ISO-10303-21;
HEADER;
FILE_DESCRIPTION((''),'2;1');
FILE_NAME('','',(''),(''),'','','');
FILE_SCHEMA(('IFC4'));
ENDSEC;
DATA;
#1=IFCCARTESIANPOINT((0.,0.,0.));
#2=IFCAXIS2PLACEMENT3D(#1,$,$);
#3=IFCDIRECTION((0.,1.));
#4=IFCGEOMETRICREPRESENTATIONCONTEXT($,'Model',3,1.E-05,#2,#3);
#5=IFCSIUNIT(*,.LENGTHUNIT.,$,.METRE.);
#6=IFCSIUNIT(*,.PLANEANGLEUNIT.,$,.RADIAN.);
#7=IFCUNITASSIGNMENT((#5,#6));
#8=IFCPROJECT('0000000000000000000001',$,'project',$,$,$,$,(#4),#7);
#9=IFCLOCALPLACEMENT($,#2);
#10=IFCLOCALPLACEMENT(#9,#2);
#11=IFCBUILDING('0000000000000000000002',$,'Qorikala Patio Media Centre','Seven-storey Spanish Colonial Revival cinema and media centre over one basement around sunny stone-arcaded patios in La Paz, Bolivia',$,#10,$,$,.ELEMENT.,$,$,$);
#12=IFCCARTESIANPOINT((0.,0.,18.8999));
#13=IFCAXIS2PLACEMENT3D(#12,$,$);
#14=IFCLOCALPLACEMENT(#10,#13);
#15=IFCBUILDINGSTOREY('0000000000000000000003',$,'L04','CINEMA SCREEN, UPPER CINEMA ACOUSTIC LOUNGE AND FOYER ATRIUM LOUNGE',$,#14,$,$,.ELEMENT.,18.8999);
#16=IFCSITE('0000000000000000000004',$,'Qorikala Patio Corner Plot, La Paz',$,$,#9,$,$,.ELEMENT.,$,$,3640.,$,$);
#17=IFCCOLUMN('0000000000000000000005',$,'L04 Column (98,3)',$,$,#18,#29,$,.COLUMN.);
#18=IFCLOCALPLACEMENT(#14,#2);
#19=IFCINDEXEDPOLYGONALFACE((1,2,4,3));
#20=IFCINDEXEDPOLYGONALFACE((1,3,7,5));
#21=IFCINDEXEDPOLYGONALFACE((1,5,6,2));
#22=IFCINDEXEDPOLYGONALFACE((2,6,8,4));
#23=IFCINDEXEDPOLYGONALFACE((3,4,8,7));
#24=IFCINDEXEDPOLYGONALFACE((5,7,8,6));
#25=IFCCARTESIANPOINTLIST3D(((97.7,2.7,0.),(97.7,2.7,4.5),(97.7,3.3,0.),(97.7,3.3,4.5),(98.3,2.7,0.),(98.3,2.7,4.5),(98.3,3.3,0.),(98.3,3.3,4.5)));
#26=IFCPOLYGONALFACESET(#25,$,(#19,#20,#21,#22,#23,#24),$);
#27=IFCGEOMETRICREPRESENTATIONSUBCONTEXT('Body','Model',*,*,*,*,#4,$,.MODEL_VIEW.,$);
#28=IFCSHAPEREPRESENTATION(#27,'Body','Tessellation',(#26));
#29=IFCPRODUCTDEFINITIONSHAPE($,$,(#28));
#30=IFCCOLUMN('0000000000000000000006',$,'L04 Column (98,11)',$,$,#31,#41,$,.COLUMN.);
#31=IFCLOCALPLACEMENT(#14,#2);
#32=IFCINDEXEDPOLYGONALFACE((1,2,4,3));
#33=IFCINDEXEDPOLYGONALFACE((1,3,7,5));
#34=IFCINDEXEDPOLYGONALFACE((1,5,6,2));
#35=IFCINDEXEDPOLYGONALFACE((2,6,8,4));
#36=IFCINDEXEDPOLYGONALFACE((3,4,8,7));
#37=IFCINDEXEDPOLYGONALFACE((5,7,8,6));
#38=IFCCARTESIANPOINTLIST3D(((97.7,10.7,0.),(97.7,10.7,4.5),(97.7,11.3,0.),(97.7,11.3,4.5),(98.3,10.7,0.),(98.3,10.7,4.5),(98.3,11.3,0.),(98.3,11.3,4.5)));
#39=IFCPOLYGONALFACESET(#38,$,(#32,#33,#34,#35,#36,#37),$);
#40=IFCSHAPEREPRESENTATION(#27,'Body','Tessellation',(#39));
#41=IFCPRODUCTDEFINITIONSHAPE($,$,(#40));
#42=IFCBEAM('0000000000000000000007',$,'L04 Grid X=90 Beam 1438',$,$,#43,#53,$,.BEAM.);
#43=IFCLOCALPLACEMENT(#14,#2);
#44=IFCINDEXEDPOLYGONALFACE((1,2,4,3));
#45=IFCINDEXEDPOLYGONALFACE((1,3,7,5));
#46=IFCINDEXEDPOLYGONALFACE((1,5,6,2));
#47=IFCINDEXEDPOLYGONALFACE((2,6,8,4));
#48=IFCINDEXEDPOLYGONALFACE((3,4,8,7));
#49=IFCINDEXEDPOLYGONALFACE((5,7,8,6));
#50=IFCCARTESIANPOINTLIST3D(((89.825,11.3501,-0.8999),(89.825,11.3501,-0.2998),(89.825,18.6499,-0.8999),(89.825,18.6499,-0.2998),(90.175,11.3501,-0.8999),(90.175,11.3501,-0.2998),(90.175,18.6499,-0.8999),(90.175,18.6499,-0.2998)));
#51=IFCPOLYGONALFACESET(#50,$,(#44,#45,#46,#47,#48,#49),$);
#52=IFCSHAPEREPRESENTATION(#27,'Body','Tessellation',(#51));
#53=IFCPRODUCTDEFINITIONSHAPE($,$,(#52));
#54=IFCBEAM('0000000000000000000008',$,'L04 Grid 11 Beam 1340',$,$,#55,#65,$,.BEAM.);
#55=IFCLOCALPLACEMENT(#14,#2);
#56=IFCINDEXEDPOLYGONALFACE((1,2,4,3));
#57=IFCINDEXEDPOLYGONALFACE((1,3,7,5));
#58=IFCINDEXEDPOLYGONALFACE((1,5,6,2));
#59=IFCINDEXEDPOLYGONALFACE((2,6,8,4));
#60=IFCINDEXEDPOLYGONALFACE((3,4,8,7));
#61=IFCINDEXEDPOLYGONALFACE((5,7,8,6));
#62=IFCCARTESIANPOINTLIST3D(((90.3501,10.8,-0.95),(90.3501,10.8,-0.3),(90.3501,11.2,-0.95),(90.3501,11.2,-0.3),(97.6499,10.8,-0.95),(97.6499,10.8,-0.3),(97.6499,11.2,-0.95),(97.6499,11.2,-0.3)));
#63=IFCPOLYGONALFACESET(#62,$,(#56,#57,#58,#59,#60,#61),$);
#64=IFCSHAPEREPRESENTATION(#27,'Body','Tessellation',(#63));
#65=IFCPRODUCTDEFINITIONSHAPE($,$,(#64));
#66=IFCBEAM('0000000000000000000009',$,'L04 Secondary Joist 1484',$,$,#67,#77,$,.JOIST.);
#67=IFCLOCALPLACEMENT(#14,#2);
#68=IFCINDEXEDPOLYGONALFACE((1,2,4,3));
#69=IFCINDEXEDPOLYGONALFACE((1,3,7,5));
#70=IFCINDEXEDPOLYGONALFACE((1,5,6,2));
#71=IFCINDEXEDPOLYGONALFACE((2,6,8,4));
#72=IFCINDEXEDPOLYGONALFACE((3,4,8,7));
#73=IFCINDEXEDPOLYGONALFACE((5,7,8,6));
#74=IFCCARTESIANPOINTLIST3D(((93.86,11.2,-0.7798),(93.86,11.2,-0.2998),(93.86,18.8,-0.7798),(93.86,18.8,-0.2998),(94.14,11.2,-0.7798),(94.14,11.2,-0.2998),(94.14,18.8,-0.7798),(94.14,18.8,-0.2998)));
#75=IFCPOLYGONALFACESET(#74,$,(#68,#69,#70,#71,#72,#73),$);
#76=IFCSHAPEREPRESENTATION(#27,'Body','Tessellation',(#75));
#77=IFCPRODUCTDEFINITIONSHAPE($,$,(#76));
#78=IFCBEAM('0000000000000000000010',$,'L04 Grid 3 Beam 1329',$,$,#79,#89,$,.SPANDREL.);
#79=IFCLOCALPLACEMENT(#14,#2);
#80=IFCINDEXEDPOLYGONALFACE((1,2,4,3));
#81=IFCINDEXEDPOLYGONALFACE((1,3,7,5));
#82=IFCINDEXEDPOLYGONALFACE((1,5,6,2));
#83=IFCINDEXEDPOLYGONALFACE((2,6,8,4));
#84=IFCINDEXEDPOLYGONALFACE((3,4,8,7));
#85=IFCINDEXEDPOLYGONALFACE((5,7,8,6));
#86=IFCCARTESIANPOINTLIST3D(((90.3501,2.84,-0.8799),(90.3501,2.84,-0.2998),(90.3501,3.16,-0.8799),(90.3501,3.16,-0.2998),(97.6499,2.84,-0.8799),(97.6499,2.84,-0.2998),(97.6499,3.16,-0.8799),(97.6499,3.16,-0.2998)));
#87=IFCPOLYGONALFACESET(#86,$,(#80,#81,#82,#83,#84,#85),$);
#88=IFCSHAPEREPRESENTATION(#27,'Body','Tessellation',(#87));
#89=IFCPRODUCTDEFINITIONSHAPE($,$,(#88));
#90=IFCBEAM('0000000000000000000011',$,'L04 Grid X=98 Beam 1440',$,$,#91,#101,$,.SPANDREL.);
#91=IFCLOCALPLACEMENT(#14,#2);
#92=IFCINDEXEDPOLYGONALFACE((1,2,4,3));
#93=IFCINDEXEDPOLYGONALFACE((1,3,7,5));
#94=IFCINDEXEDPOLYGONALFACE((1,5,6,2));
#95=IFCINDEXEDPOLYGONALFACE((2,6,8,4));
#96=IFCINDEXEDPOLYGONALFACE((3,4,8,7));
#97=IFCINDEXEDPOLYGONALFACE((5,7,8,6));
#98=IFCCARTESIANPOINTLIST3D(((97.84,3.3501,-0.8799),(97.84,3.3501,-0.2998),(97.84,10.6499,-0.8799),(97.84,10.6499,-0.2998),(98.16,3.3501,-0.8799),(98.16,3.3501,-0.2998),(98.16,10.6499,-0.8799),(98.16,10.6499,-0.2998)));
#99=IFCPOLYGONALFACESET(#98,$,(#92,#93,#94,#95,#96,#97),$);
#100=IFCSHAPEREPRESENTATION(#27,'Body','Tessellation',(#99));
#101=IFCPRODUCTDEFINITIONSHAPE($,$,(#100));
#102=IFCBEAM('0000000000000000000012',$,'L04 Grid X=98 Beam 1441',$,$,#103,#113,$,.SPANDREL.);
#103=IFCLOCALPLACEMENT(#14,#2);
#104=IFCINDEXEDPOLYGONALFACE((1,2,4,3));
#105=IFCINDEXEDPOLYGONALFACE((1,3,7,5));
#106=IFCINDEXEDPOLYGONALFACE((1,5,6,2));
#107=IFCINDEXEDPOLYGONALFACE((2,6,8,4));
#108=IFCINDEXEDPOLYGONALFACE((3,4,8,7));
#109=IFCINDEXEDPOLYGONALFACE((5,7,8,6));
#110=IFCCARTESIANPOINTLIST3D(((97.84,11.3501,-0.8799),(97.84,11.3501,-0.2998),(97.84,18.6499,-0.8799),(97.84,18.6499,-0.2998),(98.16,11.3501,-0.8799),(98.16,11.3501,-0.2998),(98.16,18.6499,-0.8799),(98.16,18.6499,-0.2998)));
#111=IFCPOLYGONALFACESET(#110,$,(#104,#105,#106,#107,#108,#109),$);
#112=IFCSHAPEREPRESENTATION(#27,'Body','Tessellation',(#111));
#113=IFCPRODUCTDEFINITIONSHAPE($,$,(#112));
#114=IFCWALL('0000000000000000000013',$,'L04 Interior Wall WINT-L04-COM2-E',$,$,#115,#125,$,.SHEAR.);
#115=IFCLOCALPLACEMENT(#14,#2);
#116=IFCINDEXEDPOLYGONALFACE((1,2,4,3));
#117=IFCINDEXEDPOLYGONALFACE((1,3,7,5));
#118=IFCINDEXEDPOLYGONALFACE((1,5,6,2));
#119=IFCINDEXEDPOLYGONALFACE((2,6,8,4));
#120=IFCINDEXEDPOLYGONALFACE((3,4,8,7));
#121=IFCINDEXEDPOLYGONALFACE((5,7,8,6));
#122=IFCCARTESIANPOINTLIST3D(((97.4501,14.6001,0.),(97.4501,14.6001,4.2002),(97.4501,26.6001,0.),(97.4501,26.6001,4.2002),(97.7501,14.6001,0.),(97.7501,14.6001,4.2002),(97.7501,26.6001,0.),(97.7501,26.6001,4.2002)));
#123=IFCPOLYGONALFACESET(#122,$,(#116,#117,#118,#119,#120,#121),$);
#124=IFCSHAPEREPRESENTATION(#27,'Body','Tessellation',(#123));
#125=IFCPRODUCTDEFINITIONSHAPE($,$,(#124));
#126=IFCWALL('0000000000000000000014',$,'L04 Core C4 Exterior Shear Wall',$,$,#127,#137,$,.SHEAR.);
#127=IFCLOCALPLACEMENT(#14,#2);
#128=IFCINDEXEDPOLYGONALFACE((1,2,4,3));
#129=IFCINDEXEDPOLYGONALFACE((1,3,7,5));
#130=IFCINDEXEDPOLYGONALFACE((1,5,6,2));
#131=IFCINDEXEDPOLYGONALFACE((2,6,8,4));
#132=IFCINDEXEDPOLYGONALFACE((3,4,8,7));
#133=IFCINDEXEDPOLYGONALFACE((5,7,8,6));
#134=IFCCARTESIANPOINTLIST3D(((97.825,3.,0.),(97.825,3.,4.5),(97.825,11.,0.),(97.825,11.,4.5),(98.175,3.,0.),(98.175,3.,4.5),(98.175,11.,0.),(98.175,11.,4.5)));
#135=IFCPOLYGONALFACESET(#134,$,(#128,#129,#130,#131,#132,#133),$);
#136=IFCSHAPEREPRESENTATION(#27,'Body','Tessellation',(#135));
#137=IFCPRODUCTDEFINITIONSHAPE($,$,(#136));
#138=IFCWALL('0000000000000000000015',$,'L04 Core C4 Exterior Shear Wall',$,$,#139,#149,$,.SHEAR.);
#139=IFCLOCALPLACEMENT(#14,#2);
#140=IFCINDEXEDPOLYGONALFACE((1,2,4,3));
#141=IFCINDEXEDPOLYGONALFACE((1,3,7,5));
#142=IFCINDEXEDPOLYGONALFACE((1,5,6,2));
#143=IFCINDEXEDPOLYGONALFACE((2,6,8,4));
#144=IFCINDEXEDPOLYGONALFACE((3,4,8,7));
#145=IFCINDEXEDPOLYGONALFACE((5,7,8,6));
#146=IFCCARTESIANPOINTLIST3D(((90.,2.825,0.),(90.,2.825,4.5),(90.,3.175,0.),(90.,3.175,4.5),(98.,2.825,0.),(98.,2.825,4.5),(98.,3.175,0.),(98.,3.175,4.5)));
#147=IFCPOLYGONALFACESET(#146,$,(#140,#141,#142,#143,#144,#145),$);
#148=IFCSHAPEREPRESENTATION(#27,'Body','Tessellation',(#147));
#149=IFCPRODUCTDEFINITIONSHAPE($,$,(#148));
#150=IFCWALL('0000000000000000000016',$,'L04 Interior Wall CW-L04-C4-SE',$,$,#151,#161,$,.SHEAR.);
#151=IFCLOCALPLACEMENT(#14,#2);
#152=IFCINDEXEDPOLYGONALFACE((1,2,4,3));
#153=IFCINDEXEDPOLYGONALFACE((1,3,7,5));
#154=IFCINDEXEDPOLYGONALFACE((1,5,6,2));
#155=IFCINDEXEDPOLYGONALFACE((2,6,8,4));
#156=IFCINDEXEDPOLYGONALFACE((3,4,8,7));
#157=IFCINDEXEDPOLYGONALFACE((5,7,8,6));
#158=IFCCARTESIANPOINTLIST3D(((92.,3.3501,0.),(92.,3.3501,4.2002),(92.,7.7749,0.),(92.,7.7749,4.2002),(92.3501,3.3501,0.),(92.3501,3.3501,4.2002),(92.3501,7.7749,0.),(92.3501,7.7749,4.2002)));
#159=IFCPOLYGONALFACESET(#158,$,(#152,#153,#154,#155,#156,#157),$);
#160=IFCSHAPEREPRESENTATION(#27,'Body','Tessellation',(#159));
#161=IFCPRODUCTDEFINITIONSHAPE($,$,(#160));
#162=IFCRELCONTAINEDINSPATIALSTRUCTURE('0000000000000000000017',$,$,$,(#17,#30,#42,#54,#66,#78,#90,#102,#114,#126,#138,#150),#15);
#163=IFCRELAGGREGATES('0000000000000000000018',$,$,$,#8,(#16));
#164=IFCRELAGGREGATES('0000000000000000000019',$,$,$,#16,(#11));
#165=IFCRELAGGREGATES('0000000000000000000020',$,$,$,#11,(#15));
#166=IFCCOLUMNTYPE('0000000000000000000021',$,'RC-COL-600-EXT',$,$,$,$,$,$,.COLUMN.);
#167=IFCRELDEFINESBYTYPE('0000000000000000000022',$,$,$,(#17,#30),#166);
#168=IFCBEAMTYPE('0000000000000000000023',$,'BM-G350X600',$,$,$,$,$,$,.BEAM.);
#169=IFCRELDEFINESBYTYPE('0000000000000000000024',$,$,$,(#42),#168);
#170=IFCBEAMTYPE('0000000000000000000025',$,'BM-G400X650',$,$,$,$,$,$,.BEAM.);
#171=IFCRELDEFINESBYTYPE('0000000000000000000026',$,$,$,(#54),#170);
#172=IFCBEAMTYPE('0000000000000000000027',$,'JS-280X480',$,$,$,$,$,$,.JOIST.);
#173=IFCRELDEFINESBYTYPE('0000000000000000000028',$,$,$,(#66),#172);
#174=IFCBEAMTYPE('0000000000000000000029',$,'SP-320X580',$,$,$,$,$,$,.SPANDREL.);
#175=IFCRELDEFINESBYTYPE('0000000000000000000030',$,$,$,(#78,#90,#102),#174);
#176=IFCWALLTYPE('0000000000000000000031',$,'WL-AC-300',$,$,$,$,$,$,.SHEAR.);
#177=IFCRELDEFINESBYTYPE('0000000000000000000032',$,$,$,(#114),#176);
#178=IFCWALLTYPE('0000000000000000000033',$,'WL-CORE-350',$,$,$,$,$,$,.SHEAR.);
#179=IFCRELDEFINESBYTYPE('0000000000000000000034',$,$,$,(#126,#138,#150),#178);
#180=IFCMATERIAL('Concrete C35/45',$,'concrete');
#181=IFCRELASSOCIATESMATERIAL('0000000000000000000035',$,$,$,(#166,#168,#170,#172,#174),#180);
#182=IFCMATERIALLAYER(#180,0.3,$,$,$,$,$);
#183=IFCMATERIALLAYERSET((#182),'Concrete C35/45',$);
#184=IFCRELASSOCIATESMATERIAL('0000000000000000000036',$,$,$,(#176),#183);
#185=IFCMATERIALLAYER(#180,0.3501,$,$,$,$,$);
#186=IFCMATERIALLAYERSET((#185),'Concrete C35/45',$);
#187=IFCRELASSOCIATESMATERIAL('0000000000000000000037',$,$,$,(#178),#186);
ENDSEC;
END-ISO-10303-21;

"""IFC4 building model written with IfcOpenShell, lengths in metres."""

from ifc_helpers import new_model, si_unit, direction, frame, frame_2d, origin, origin_2d, place, context, subcontext, project, spatial, rectangle, extrude, material, layer, layer_set, material_profile, profile_set, type_object, element, save


model = new_model("IFC4")

# Units and contexts
model_context = context("Model", 3, precision=1e-05, world=origin(), true_north=direction((0.0, 1.0)))
body_context = subcontext(model_context, "Body", "Model", "MODEL_VIEW")
ifc_project = project(units=[si_unit("LENGTHUNIT", "METRE"), si_unit("PLANEANGLEUNIT", "RADIAN")], contexts=[model_context])

# Site, building, storey
site_placement = place(None, origin())
site = spatial("IfcSite", under=ifc_project, at=site_placement, Name="Qorikala Patio Corner Plot, La Paz", CompositionType="ELEMENT", RefElevation=3640.0)
building_placement = place(site_placement, origin())
building = spatial("IfcBuilding", under=site, at=building_placement, Name="Qorikala Patio Media Centre", Description="Seven-storey Spanish Colonial Revival cinema and media centre over one basement around sunny stone-arcaded patios in La Paz, Bolivia", CompositionType="ELEMENT")
storey_placement = place(building_placement, frame((0.0, 0.0, 18.8999)))
storey = spatial("IfcBuildingStorey", under=building, at=storey_placement, Name="L04", Description="CINEMA SCREEN, UPPER CINEMA ACOUSTIC LOUNGE AND FOYER ATRIUM LOUNGE", CompositionType="ELEMENT", Elevation=18.8999)

# Columns
ifc_material_1 = material(Name="Concrete C35/45", Category="concrete")
ifc_material_profile_1 = material_profile(ifc_material_1, rectangle(XDim=0.6001, YDim=0.6001, at=origin_2d()), Name="RC 600x600")
ifc_profile_set_1 = profile_set([ifc_material_profile_1], Name="Concrete C35/45")
column_type = type_object("IfcColumnType", Name="RC-COL-600-EXT", PredefinedType="COLUMN", material=ifc_profile_set_1)
for number, where, z_axis, x_axis, name in (
    (1, (98.0, 3.0, 0.0), (0.0, 0.0, 1.0), (1.0, 0.0, 0.0), "L04 Column (98,3)"),
    (2, (98.0, 11.0, 0.0), (0.0, 0.0, 1.0), (1.0, 0.0, 0.0), "L04 Column (98,11)"),
):
    element("IfcColumn", number, at=place(storey_placement, frame(where, z_axis=z_axis, x_axis=x_axis)), inside=storey, type_object=column_type, Name=name, PredefinedType="COLUMN", context=body_context, shape_type="SweptSolid", body=[
        extrude(rectangle(XDim=0.6001, YDim=0.6001, at=origin_2d()), origin(), (0.0, 0.0, 1.0), 4.5),
    ])

# Beams
ifc_material_profile_2 = material_profile(ifc_material_1, rectangle(XDim=0.3501, YDim=0.6001, at=origin_2d()), Name="RC 350x600")
ifc_profile_set_2 = profile_set([ifc_material_profile_2], Name="Concrete C35/45")
beam_type_1 = type_object("IfcBeamType", Name="BM-G350X600", PredefinedType="BEAM", material=ifc_profile_set_2)
beam_1_placement = place(storey_placement, frame((90.0, 11.3501, -0.5999), z_axis=(0.0, 1.0, 0.0), x_axis=(-1.0, 0.0, 0.0)))
element("IfcBeam", 3, at=beam_1_placement, inside=storey, type_object=beam_type_1, Name="L04 Grid X=90 Beam 1438", PredefinedType="BEAM", context=body_context, shape_type="SweptSolid", body=[
    extrude(rectangle(XDim=0.3501, YDim=0.6001, at=origin_2d()), origin(), (0.0, 0.0, 1.0), 7.2998),
])
ifc_material_profile_3 = material_profile(ifc_material_1, rectangle(XDim=0.3999, YDim=0.6499, at=origin_2d()), Name="RC 400x650")
ifc_profile_set_3 = profile_set([ifc_material_profile_3], Name="Concrete C35/45")
beam_type_2 = type_object("IfcBeamType", Name="BM-G400X650", PredefinedType="BEAM", material=ifc_profile_set_3)
beam_2_placement = place(storey_placement, frame((90.3501, 11.0, -0.625), z_axis=(1.0, 0.0, 0.0), x_axis=(0.0, 1.0, 0.0)))
element("IfcBeam", 4, at=beam_2_placement, inside=storey, type_object=beam_type_2, Name="L04 Grid 11 Beam 1340", PredefinedType="BEAM", context=body_context, shape_type="SweptSolid", body=[
    extrude(rectangle(XDim=0.3999, YDim=0.6499, at=origin_2d()), origin(), (0.0, 0.0, 1.0), 7.2998),
])
ifc_material_profile_4 = material_profile(ifc_material_1, rectangle(XDim=0.28, YDim=0.48, at=origin_2d()), Name="RC 280x480")
ifc_profile_set_4 = profile_set([ifc_material_profile_4], Name="Concrete C35/45")
beam_type_3 = type_object("IfcBeamType", Name="JS-280X480", PredefinedType="JOIST", material=ifc_profile_set_4)
beam_3_placement = place(storey_placement, frame((94.0, 11.2, -0.5398), z_axis=(0.0, 1.0, 0.0), x_axis=(-1.0, 0.0, 0.0)))
element("IfcBeam", 5, at=beam_3_placement, inside=storey, type_object=beam_type_3, Name="L04 Secondary Joist 1484", PredefinedType="JOIST", context=body_context, shape_type="SweptSolid", body=[
    extrude(rectangle(XDim=0.28, YDim=0.48, at=origin_2d()), origin(), (0.0, 0.0, 1.0), 7.6001),
])
ifc_material_profile_5 = material_profile(ifc_material_1, rectangle(XDim=0.3201, YDim=0.5801, at=origin_2d()), Name="RC 320x580")
ifc_profile_set_5 = profile_set([ifc_material_profile_5], Name="Concrete C35/45")
beam_type_4 = type_object("IfcBeamType", Name="SP-320X580", PredefinedType="SPANDREL", material=ifc_profile_set_5)
for number, where, z_axis, x_axis, name in (
    (6, (90.3501, 3.0, -0.5898), (1.0, 0.0, 0.0), (0.0, 1.0, 0.0), "L04 Grid 3 Beam 1329"),
    (7, (98.0, 3.3501, -0.5898), (0.0, 1.0, 0.0), (-1.0, 0.0, 0.0), "L04 Grid X=98 Beam 1440"),
    (8, (98.0, 11.3501, -0.5898), (0.0, 1.0, 0.0), (-1.0, 0.0, 0.0), "L04 Grid X=98 Beam 1441"),
):
    element("IfcBeam", number, at=place(storey_placement, frame(where, z_axis=z_axis, x_axis=x_axis)), inside=storey, type_object=beam_type_4, Name=name, PredefinedType="SPANDREL", context=body_context, shape_type="SweptSolid", body=[
        extrude(rectangle(XDim=0.3201, YDim=0.5801, at=origin_2d()), origin(), (0.0, 0.0, 1.0), 7.2998),
    ])

# Walls
ifc_layer_1 = layer(ifc_material_1, 0.3)
ifc_layer_set_1 = layer_set([ifc_layer_1], Name="Concrete C35/45")
wall_type_1 = type_object("IfcWallType", Name="WL-AC-300", PredefinedType="SHEAR", material=ifc_layer_set_1)
wall_1_placement = place(storey_placement, frame((97.6001, 14.6001, 0.0), z_axis=(0.0, 0.0, 1.0), x_axis=(0.0, 1.0, 0.0)))
element("IfcWall", 9, at=wall_1_placement, inside=storey, type_object=wall_type_1, Name="L04 Interior Wall WINT-L04-COM2-E", PredefinedType="SHEAR", context=body_context, shape_type="SweptSolid", body=[
    extrude(rectangle(XDim=12.0, YDim=0.3, at=frame_2d((6.0, 0.0))), origin(), (0.0, 0.0, 1.0), 4.2002),
])
ifc_layer_2 = layer(ifc_material_1, 0.3501)
ifc_layer_set_2 = layer_set([ifc_layer_2], Name="Concrete C35/45")
wall_type_2 = type_object("IfcWallType", Name="WL-CORE-350", PredefinedType="SHEAR", material=ifc_layer_set_2)
for number, where, z_axis, x_axis, name in (
    (10, (98.0, 11.0, 0.0), (0.0, 0.0, 1.0), (0.0, -1.0, 0.0), "L04 Core C4 Exterior Shear Wall"),
    (11, (98.0, 3.0, 0.0), (0.0, 0.0, 1.0), (-1.0, 0.0, 0.0), "L04 Core C4 Exterior Shear Wall"),
):
    element("IfcWall", number, at=place(storey_placement, frame(where, z_axis=z_axis, x_axis=x_axis)), inside=storey, type_object=wall_type_2, Name=name, PredefinedType="SHEAR", context=body_context, shape_type="SweptSolid", body=[
        extrude(rectangle(XDim=8.0, YDim=0.3501, at=frame_2d((4.0, 0.0))), origin(), (0.0, 0.0, 1.0), 4.5),
    ])
wall_2_placement = place(storey_placement, frame((92.175, 3.3501, 0.0), z_axis=(0.0, 0.0, 1.0), x_axis=(0.0, 1.0, 0.0)))
element("IfcWall", 12, at=wall_2_placement, inside=storey, type_object=wall_type_2, Name="L04 Interior Wall CW-L04-C4-SE", PredefinedType="SHEAR", context=body_context, shape_type="SweptSolid", body=[
    extrude(rectangle(XDim=4.4248, YDim=0.3501, at=frame_2d((2.2124, 0.0))), origin(), (0.0, 0.0, 1.0), 4.2002),
])

save(model, "model.ifc")
